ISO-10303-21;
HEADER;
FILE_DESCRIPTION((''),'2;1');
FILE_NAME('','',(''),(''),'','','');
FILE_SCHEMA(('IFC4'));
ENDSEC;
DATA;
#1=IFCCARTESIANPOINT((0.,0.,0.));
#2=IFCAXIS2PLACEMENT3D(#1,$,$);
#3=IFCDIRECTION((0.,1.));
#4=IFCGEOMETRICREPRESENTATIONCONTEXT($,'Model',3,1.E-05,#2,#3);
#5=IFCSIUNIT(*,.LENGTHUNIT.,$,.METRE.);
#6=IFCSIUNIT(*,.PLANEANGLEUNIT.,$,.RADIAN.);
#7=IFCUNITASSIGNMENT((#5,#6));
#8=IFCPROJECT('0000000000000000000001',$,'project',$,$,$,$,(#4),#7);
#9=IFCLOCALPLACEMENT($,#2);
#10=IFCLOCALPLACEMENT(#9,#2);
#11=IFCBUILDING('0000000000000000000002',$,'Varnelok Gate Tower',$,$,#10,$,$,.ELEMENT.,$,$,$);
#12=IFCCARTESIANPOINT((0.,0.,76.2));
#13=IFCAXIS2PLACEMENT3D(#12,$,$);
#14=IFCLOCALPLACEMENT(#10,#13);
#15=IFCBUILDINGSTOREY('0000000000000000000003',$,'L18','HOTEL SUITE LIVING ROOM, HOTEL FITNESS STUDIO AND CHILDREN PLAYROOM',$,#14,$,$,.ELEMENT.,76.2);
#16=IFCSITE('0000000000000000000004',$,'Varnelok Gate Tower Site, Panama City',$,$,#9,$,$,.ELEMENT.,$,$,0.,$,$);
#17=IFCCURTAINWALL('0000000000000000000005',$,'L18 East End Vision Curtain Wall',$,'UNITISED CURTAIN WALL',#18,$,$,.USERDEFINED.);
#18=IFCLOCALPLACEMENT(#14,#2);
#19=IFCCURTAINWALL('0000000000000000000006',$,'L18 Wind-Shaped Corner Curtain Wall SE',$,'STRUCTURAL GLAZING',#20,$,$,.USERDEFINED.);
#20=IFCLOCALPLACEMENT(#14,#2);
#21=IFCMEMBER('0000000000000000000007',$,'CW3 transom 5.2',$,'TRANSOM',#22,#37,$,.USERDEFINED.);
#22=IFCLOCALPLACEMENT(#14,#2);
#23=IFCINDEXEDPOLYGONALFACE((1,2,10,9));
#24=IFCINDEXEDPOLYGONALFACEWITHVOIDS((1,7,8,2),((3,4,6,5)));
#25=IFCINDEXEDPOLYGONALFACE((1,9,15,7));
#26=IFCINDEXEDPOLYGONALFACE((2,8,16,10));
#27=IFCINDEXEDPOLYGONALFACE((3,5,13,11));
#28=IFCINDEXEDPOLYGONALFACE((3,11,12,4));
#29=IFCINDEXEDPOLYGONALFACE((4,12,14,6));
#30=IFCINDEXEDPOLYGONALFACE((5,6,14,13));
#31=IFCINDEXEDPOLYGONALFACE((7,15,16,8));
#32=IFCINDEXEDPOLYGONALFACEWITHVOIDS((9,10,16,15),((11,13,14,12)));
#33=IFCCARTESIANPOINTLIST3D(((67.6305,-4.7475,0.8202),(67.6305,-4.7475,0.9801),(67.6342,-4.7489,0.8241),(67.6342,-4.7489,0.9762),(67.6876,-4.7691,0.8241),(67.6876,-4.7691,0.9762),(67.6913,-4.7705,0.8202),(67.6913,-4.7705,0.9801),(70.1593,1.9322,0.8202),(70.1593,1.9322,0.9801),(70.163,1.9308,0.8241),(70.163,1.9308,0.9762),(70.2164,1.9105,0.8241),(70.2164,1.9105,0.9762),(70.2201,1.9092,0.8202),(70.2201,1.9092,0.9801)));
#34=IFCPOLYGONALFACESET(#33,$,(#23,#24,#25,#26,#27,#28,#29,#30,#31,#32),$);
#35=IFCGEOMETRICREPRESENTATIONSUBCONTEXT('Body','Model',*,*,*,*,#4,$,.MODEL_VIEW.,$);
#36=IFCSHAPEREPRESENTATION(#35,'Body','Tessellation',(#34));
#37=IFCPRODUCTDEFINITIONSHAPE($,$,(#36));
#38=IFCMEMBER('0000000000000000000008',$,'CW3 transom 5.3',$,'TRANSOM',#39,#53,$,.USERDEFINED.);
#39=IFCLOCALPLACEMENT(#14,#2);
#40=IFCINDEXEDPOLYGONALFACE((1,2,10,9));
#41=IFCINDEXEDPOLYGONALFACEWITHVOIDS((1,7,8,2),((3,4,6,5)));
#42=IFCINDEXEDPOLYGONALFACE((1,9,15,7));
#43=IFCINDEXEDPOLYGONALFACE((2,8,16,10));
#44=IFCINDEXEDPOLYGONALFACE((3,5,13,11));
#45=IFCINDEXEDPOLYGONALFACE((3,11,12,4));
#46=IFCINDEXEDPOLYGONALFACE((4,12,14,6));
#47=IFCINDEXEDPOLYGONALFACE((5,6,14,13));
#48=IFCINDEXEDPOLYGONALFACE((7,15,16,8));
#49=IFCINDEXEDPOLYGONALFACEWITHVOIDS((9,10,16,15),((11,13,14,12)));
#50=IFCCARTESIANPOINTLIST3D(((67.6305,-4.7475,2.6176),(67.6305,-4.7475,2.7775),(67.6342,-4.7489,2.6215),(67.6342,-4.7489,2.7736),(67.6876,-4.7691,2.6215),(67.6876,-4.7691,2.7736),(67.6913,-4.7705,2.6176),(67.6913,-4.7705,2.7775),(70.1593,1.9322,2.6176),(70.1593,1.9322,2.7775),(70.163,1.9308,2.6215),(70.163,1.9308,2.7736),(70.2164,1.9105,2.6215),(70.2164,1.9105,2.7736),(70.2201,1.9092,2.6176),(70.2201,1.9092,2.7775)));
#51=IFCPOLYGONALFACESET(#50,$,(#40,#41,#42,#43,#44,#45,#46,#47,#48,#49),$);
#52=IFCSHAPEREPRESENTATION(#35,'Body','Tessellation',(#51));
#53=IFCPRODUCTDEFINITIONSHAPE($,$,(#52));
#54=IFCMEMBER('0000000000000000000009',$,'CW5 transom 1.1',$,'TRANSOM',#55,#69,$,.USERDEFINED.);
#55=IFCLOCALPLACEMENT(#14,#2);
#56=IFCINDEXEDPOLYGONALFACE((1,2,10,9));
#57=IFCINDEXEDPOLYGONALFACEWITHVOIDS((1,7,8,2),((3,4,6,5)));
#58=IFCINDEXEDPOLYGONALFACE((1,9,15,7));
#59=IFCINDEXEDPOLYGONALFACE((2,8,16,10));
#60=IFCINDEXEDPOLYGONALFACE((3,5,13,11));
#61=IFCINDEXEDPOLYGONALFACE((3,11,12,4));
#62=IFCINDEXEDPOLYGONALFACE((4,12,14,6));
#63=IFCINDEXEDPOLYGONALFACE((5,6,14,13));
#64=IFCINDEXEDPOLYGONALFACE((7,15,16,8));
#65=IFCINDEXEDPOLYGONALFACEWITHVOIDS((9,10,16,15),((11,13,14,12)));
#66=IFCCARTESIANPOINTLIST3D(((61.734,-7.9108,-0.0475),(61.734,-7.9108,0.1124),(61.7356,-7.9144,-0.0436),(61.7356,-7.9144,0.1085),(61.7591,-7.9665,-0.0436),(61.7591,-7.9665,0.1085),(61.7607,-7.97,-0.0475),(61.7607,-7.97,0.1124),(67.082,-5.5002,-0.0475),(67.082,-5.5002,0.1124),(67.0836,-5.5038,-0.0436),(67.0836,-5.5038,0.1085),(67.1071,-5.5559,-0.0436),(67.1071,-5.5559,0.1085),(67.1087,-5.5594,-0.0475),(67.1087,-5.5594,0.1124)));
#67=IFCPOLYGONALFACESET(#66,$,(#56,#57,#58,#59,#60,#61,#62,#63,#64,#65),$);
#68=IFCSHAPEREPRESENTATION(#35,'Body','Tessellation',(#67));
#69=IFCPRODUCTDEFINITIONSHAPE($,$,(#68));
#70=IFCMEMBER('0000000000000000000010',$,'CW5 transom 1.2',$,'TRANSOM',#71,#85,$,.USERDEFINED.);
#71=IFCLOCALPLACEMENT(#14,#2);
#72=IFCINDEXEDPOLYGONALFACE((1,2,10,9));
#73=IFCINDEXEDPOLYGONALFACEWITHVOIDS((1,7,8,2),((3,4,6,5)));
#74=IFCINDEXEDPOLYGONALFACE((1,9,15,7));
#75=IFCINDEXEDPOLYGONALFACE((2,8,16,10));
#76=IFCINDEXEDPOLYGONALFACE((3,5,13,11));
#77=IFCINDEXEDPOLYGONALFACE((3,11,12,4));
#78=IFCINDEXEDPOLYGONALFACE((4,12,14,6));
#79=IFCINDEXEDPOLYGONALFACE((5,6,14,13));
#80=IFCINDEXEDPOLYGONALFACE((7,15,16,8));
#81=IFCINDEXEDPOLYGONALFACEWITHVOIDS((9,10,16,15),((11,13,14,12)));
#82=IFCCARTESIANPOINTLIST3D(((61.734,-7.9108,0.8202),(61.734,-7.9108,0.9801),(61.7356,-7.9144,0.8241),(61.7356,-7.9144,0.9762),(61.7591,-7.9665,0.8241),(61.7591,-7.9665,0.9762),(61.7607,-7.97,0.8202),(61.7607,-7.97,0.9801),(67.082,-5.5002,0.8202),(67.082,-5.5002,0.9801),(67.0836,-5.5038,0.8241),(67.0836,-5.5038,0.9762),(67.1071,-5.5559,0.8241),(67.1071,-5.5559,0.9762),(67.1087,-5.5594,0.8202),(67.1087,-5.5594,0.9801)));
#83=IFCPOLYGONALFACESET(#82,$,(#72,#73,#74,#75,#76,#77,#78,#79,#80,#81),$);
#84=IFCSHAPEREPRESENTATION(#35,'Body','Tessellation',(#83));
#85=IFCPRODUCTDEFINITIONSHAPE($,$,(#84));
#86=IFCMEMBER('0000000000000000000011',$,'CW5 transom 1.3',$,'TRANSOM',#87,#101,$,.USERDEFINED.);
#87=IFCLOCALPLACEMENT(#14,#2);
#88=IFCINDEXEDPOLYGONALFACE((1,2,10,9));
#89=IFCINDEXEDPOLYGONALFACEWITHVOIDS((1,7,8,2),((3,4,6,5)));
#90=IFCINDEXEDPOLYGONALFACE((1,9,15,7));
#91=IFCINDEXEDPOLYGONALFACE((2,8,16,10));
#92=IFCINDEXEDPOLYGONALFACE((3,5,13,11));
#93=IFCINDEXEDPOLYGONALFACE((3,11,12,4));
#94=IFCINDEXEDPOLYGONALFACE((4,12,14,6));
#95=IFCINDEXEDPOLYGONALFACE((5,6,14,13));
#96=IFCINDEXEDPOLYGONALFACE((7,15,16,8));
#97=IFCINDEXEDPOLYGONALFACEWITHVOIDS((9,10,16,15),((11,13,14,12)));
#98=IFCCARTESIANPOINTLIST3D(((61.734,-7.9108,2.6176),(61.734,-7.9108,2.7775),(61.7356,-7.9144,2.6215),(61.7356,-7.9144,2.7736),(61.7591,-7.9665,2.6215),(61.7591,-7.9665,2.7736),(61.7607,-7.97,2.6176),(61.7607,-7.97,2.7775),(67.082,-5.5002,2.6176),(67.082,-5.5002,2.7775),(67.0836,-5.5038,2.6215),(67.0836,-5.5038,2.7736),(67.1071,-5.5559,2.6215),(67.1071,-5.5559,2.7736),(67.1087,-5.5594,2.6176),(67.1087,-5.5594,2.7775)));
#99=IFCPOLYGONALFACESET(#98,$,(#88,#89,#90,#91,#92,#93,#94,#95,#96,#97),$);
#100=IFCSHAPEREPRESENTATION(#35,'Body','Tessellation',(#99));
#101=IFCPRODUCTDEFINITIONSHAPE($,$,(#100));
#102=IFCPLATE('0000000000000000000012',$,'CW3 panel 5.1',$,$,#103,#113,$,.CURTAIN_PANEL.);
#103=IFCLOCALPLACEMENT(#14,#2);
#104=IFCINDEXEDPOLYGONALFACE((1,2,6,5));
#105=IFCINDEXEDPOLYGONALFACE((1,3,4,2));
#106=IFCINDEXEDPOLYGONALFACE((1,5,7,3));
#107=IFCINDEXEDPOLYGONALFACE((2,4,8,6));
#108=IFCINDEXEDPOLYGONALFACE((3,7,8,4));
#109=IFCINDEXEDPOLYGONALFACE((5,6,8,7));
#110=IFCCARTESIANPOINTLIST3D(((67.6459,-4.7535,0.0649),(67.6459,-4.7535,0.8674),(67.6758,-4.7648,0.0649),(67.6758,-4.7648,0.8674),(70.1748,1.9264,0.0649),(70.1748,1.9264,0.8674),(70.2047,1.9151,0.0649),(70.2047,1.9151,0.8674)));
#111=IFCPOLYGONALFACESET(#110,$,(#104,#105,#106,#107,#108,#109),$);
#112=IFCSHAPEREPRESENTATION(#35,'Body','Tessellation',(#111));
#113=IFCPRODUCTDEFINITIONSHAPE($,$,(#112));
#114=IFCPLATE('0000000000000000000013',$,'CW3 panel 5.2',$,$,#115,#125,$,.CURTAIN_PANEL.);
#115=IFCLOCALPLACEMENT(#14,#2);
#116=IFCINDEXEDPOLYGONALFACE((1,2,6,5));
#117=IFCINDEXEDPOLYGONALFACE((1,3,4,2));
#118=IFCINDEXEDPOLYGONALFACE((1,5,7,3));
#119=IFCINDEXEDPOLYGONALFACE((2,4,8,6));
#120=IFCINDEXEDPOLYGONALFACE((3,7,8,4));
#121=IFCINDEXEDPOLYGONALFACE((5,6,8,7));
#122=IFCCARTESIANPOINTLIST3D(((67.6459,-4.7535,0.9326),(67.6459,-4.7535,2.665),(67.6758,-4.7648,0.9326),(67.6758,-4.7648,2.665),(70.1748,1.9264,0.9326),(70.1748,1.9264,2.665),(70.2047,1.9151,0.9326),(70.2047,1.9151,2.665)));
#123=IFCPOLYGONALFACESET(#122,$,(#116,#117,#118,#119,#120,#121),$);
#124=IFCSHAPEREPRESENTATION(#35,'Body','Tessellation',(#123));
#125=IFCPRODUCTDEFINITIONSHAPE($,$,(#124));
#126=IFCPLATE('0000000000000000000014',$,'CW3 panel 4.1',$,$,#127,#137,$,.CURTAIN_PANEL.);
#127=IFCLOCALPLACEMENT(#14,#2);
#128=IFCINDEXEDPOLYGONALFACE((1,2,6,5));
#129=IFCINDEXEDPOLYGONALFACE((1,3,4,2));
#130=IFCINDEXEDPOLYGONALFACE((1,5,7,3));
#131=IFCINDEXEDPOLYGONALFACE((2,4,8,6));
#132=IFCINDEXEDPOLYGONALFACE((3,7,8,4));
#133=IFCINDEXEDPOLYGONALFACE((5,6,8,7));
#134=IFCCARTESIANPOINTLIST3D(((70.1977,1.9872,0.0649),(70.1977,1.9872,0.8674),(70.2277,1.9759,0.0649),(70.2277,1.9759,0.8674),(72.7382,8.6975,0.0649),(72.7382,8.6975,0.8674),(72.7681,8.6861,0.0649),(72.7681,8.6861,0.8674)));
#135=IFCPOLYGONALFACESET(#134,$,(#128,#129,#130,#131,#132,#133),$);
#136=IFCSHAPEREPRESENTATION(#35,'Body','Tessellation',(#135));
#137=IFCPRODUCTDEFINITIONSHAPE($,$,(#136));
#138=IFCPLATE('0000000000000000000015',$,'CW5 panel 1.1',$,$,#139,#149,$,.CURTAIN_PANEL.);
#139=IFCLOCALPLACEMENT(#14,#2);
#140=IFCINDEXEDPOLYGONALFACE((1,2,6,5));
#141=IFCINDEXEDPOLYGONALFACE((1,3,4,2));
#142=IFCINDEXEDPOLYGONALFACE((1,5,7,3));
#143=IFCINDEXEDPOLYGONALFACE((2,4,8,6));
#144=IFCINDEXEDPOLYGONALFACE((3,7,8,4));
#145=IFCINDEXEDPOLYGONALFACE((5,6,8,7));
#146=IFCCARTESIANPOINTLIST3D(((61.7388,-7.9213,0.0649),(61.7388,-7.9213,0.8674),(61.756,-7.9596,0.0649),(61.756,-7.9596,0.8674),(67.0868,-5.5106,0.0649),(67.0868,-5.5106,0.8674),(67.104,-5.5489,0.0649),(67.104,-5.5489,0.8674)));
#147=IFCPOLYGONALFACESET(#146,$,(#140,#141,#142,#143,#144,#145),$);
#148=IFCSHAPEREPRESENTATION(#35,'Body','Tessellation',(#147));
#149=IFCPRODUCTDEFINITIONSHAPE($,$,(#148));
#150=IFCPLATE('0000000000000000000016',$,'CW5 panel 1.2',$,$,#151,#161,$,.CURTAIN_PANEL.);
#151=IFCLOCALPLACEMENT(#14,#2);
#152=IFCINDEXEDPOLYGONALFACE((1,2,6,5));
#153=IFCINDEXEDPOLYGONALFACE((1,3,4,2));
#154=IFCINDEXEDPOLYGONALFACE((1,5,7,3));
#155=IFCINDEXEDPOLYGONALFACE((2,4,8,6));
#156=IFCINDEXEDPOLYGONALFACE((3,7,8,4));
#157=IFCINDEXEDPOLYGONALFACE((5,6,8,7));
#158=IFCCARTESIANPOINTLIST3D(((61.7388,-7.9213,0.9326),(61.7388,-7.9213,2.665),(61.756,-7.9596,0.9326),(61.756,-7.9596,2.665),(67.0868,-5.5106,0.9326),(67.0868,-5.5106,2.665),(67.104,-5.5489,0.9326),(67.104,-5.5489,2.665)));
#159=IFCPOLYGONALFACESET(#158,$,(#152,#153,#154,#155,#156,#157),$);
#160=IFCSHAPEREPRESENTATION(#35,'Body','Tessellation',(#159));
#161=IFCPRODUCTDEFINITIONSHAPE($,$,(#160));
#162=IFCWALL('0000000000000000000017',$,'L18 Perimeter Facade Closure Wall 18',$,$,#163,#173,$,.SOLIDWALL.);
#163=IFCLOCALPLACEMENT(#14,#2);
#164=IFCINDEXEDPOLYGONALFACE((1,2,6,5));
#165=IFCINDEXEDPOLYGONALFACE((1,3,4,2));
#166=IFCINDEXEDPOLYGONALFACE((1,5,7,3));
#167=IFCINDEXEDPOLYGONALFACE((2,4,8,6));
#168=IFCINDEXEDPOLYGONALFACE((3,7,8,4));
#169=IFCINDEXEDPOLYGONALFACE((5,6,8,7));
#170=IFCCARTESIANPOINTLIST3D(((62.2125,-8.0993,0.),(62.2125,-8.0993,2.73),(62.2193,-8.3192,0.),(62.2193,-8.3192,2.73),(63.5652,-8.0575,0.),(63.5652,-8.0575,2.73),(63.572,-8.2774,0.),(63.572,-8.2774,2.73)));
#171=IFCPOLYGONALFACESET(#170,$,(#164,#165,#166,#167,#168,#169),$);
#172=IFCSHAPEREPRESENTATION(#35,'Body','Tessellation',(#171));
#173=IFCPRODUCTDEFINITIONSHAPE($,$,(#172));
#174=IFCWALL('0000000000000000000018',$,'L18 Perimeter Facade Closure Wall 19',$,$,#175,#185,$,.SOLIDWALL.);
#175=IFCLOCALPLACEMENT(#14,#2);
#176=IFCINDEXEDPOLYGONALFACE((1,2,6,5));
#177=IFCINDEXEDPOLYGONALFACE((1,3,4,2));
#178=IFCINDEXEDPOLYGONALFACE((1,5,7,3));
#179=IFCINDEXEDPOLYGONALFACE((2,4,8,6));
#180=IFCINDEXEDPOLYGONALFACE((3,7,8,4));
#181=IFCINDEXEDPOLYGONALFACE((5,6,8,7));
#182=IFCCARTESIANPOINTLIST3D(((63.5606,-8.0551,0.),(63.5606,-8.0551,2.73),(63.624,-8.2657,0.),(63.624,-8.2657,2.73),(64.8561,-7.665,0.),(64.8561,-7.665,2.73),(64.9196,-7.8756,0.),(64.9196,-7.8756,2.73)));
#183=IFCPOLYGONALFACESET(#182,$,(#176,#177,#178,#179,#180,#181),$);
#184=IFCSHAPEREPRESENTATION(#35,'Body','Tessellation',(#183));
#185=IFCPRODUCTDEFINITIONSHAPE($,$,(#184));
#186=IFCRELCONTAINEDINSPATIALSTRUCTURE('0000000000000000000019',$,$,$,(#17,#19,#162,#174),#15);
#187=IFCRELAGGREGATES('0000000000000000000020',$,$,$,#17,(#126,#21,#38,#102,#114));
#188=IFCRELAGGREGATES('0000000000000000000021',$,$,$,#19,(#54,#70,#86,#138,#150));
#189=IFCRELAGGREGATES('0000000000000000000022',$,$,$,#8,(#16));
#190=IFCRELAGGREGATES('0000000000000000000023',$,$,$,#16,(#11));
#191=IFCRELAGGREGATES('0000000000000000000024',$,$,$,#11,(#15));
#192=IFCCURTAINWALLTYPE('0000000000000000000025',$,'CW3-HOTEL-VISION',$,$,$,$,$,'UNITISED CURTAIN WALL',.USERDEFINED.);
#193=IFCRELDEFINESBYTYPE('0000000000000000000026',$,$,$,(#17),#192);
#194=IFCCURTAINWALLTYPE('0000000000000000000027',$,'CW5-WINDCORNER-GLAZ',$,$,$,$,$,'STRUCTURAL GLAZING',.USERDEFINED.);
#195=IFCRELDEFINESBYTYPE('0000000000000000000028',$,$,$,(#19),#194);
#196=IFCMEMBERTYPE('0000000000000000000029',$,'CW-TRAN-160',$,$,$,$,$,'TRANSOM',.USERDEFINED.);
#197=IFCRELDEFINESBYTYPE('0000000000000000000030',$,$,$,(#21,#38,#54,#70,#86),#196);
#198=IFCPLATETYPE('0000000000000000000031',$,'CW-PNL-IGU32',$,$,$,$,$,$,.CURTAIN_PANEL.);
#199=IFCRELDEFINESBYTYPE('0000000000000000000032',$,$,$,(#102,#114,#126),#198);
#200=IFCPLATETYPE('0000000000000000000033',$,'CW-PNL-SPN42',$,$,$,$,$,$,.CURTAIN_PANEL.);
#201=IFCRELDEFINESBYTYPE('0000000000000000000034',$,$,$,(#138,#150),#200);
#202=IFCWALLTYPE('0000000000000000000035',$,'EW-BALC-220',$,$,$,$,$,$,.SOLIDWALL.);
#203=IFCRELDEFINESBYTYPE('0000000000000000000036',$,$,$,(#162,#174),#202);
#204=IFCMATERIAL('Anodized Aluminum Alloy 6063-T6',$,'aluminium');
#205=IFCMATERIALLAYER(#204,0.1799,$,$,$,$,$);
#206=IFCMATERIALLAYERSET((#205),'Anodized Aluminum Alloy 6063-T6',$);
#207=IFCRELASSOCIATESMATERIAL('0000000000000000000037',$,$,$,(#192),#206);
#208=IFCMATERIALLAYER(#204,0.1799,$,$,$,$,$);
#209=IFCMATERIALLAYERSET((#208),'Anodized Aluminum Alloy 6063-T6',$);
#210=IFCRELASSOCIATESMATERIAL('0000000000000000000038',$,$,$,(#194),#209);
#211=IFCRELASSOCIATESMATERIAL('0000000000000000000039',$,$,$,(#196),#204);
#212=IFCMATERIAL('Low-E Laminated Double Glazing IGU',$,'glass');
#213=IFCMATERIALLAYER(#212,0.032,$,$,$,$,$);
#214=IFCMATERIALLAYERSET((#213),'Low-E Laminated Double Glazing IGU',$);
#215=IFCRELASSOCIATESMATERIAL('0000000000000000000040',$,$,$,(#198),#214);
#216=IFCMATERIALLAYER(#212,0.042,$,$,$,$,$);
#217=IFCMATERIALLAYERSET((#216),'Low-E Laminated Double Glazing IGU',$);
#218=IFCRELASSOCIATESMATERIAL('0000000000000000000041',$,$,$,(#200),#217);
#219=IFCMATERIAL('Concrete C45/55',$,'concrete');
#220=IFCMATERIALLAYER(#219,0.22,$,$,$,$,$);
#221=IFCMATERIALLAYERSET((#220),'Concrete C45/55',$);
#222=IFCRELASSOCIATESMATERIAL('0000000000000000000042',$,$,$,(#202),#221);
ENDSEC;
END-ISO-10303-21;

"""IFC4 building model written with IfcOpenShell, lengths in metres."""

from ifc_helpers import new_model, si_unit, direction, frame, frame_2d, origin, origin_2d, place, context, subcontext, project, spatial, rectangle, hollow_rectangle, extrude, source, transform, mapped, material, layer, layer_set, material_profile, profile_set, type_object, element, aggregate, save


model = new_model("IFC4")

# Units and contexts
model_context = context("Model", 3, precision=1e-05, world=origin(), true_north=direction((0.0, 1.0)))
body_context = subcontext(model_context, "Body", "Model", "MODEL_VIEW")
ifc_project = project(units=[si_unit("LENGTHUNIT", "METRE"), si_unit("PLANEANGLEUNIT", "RADIAN")], contexts=[model_context])

# Site, building, storey
site_placement = place(None, origin())
site = spatial("IfcSite", under=ifc_project, at=site_placement, Name="Varnelok Gate Tower Site, Panama City", CompositionType="ELEMENT", RefElevation=0.0)
building_placement = place(site_placement, origin())
building = spatial("IfcBuilding", under=site, at=building_placement, Name="Varnelok Gate Tower", CompositionType="ELEMENT")
storey_placement = place(building_placement, frame((0.0, 0.0, 76.2)))
storey = spatial("IfcBuildingStorey", under=building, at=storey_placement, Name="L18", Description="HOTEL SUITE LIVING ROOM, HOTEL FITNESS STUDIO AND CHILDREN PLAYROOM", CompositionType="ELEMENT", Elevation=76.2)

# Curtain walls
ifc_material_1 = material(Name="Anodized Aluminum Alloy 6063-T6", Category="aluminium")
ifc_layer_1 = layer(ifc_material_1, 0.1799)
ifc_layer_set_1 = layer_set([ifc_layer_1], Name="Anodized Aluminum Alloy 6063-T6")
curtain_wall_type_1 = type_object("IfcCurtainWallType", Name="CW3-HOTEL-VISION", ElementType="UNITISED CURTAIN WALL", PredefinedType="USERDEFINED", material=ifc_layer_set_1)
curtain_wall_1_placement = place(storey_placement, origin())
curtain_wall_1 = element("IfcCurtainWall", 1, at=curtain_wall_1_placement, inside=storey, type_object=curtain_wall_type_1, Name="L18 East End Vision Curtain Wall", ObjectType="UNITISED CURTAIN WALL", PredefinedType="USERDEFINED")
ifc_layer_2 = layer(ifc_material_1, 0.1799)
ifc_layer_set_2 = layer_set([ifc_layer_2], Name="Anodized Aluminum Alloy 6063-T6")
curtain_wall_type_2 = type_object("IfcCurtainWallType", Name="CW5-WINDCORNER-GLAZ", ElementType="STRUCTURAL GLAZING", PredefinedType="USERDEFINED", material=ifc_layer_set_2)
curtain_wall_2_placement = place(storey_placement, origin())
curtain_wall_2 = element("IfcCurtainWall", 2, at=curtain_wall_2_placement, inside=storey, type_object=curtain_wall_type_2, Name="L18 Wind-Shaped Corner Curtain Wall SE", ObjectType="STRUCTURAL GLAZING", PredefinedType="USERDEFINED")

# Members
ifc_material_profile_1 = material_profile(ifc_material_1, hollow_rectangle(XDim=0.0649, YDim=0.1599, WallThickness=0.0039, at=origin_2d()), Name="ALU160X65X4")
ifc_profile_set_1 = profile_set([ifc_material_profile_1], Name="Anodized Aluminum Alloy 6063-T6")
member_type_1 = type_object("IfcMemberType", Name="CW-TRAN-160", ElementType="TRANSOM", PredefinedType="USERDEFINED", material=ifc_profile_set_1)
member_1_placement = place(storey_placement, frame((70.1897, 1.9207, 0.9001), z_axis=(-0.354059, -0.935223, 0.0), x_axis=(0.935223, -0.354059, 0.0)))
member_1 = element("IfcMember", 3, at=member_1_placement, type_object=member_type_1, Name="CW3 transom 5.2", ObjectType="TRANSOM", PredefinedType="USERDEFINED", context=body_context, shape_type="SweptSolid", body=[
    extrude(hollow_rectangle(XDim=0.0649, YDim=0.1599, WallThickness=0.0039, at=origin_2d()), origin(), (0.0, 0.0, 1.0), 7.1423),
])
member_2_placement = place(storey_placement, frame((70.1897, 1.9207, 2.6975), z_axis=(-0.354059, -0.935223, 0.0), x_axis=(0.935223, -0.354059, 0.0)))
member_2 = element("IfcMember", 4, at=member_2_placement, type_object=member_type_1, Name="CW3 transom 5.3", ObjectType="TRANSOM", PredefinedType="USERDEFINED", context=body_context, shape_type="SweptSolid", body=[
    extrude(hollow_rectangle(XDim=0.0649, YDim=0.1599, WallThickness=0.0039, at=origin_2d()), origin(), (0.0, 0.0, 1.0), 7.1423),
])
member_3_placement = place(storey_placement, frame((61.7473, -7.9404, 0.0325), z_axis=(0.911667, 0.410929, 0.0), x_axis=(-0.410929, 0.911667, 0.0)))
member_3 = element("IfcMember", 5, at=member_3_placement, type_object=member_type_1, Name="CW5 transom 1.1", ObjectType="TRANSOM", PredefinedType="USERDEFINED", context=body_context, shape_type="SweptSolid", body=[
    extrude(hollow_rectangle(XDim=0.0649, YDim=0.1599, WallThickness=0.0039, at=origin_2d()), origin(), (0.0, 0.0, 1.0), 5.8662),
])
member_4_placement = place(storey_placement, frame((61.7473, -7.9404, 0.9001), z_axis=(0.911667, 0.410929, 0.0), x_axis=(-0.410929, 0.911667, 0.0)))
member_4 = element("IfcMember", 6, at=member_4_placement, type_object=member_type_1, Name="CW5 transom 1.2", ObjectType="TRANSOM", PredefinedType="USERDEFINED", context=body_context, shape_type="SweptSolid", body=[
    extrude(hollow_rectangle(XDim=0.0649, YDim=0.1599, WallThickness=0.0039, at=origin_2d()), origin(), (0.0, 0.0, 1.0), 5.8662),
])
member_5_placement = place(storey_placement, frame((61.7473, -7.9404, 2.6975), z_axis=(0.911667, 0.410929, 0.0), x_axis=(-0.410929, 0.911667, 0.0)))
member_5 = element("IfcMember", 7, at=member_5_placement, type_object=member_type_1, Name="CW5 transom 1.3", ObjectType="TRANSOM", PredefinedType="USERDEFINED", context=body_context, shape_type="SweptSolid", body=[
    extrude(hollow_rectangle(XDim=0.0649, YDim=0.1599, WallThickness=0.0039, at=origin_2d()), origin(), (0.0, 0.0, 1.0), 5.8662),
])

# Plates
ifc_material_2 = material(Name="Low-E Laminated Double Glazing IGU", Category="glass")
ifc_layer_3 = layer(ifc_material_2, 0.032)
ifc_layer_set_3 = layer_set([ifc_layer_3], Name="Low-E Laminated Double Glazing IGU")
plate_type_1 = type_object("IfcPlateType", Name="CW-PNL-IGU32", PredefinedType="CURTAIN_PANEL", material=ifc_layer_set_3)
shared_shape_1 = source(origin(), body_context, "Body", "SweptSolid", [
    extrude(rectangle(XDim=7.1426, YDim=0.032, at=origin_2d()), origin(), (0.0, 0.0, 1.0), 0.8025),
])
plate_1_placement = place(storey_placement, frame((68.9253, -1.4192, 0.0649), z_axis=(0.0, 0.0, 1.0), x_axis=(-0.354064, -0.935221, 0.0)))
plate_1 = element("IfcPlate", 8, at=plate_1_placement, type_object=plate_type_1, Name="CW3 panel 5.1", PredefinedType="CURTAIN_PANEL", context=body_context, shape_type="MappedRepresentation", body=[
    mapped(shared_shape_1, transform((0.0, 0.0, 0.0), scale=1.0)),
])
shared_shape_2 = source(origin(), body_context, "Body", "SweptSolid", [
    extrude(rectangle(XDim=7.1426, YDim=0.032, at=origin_2d()), origin(), (0.0, 0.0, 1.0), 1.7324),
])
plate_2_placement = place(storey_placement, frame((68.9253, -1.4192, 0.9326), z_axis=(0.0, 0.0, 1.0), x_axis=(-0.354064, -0.935221, 0.0)))
plate_2 = element("IfcPlate", 9, at=plate_2_placement, type_object=plate_type_1, Name="CW3 panel 5.2", PredefinedType="CURTAIN_PANEL", context=body_context, shape_type="MappedRepresentation", body=[
    mapped(shared_shape_2, transform((0.0, 0.0, 0.0), scale=1.0)),
])
shared_shape_3 = source(origin(), body_context, "Body", "SweptSolid", [
    extrude(rectangle(XDim=7.175, YDim=0.032, at=origin_2d()), origin(), (0.0, 0.0, 1.0), 0.8025),
])
plate_3_placement = place(storey_placement, frame((71.4829, 5.3367, 0.0649), z_axis=(0.0, 0.0, 1.0), x_axis=(-0.354064, -0.935221, 0.0)))
plate_3 = element("IfcPlate", 10, at=plate_3_placement, type_object=plate_type_1, Name="CW3 panel 4.1", PredefinedType="CURTAIN_PANEL", context=body_context, shape_type="MappedRepresentation", body=[
    mapped(shared_shape_3, transform((0.0, 0.0, 0.0), scale=1.0)),
])
aggregate(curtain_wall_1, [plate_3, member_1, member_2, plate_1, plate_2])
ifc_layer_4 = layer(ifc_material_2, 0.042)
ifc_layer_set_4 = layer_set([ifc_layer_4], Name="Low-E Laminated Double Glazing IGU")
plate_type_2 = type_object("IfcPlateType", Name="CW-PNL-SPN42", PredefinedType="CURTAIN_PANEL", material=ifc_layer_set_4)
shared_shape_4 = source(origin(), body_context, "Body", "SweptSolid", [
    extrude(rectangle(XDim=5.8662, YDim=0.042, at=origin_2d()), origin(), (0.0, 0.0, 1.0), 0.8025),
])
plate_4_placement = place(storey_placement, frame((64.4214, -6.7351, 0.0649), z_axis=(0.0, 0.0, 1.0), x_axis=(0.911661, 0.410944, 0.0)))
plate_4 = element("IfcPlate", 11, at=plate_4_placement, type_object=plate_type_2, Name="CW5 panel 1.1", PredefinedType="CURTAIN_PANEL", context=body_context, shape_type="MappedRepresentation", body=[
    mapped(shared_shape_4, transform((0.0, 0.0, 0.0), scale=1.0)),
])
shared_shape_5 = source(origin(), body_context, "Body", "SweptSolid", [
    extrude(rectangle(XDim=5.8662, YDim=0.042, at=origin_2d()), origin(), (0.0, 0.0, 1.0), 1.7324),
])
plate_5_placement = place(storey_placement, frame((64.4214, -6.7351, 0.9326), z_axis=(0.0, 0.0, 1.0), x_axis=(0.911661, 0.410944, 0.0)))
plate_5 = element("IfcPlate", 12, at=plate_5_placement, type_object=plate_type_2, Name="CW5 panel 1.2", PredefinedType="CURTAIN_PANEL", context=body_context, shape_type="MappedRepresentation", body=[
    mapped(shared_shape_5, transform((0.0, 0.0, 0.0), scale=1.0)),
])
aggregate(curtain_wall_2, [member_3, member_4, member_5, plate_4, plate_5])

# Walls
ifc_material_3 = material(Name="Concrete C45/55", Category="concrete")
ifc_layer_5 = layer(ifc_material_3, 0.22)
ifc_layer_set_5 = layer_set([ifc_layer_5], Name="Concrete C45/55")
wall_type = type_object("IfcWallType", Name="EW-BALC-220", PredefinedType="SOLIDWALL", material=ifc_layer_set_5)
wall_1_placement = place(storey_placement, frame((62.2158, -8.2092, 0.0), z_axis=(0.0, 0.0, 1.0), x_axis=(0.999524, 0.030852, 0.0)))
element("IfcWall", 13, at=wall_1_placement, inside=storey, type_object=wall_type, Name="L18 Perimeter Facade Closure Wall 18", PredefinedType="SOLIDWALL", context=body_context, shape_type="SweptSolid", body=[
    extrude(rectangle(XDim=1.3533, YDim=0.22, at=frame_2d((0.6768, 0.0))), origin(), (0.0, 0.0, 1.0), 2.73),
])
for number, where, z_axis, x_axis, name in (
    (14, (63.5923, -8.1604, 0.0), (0.0, 0.0, 1.0), (0.957533, 0.288324, 0.0), "L18 Perimeter Facade Closure Wall 19"),
):
    element("IfcWall", number, at=place(storey_placement, frame(where, z_axis=z_axis, x_axis=x_axis)), inside=storey, type_object=wall_type, Name=name, PredefinedType="SOLIDWALL", context=body_context, shape_type="SweptSolid", body=[
        extrude(rectangle(XDim=1.353, YDim=0.22, at=frame_2d((0.6765, 0.0))), origin(), (0.0, 0.0, 1.0), 2.73),
    ])

save(model, "model.ifc")
